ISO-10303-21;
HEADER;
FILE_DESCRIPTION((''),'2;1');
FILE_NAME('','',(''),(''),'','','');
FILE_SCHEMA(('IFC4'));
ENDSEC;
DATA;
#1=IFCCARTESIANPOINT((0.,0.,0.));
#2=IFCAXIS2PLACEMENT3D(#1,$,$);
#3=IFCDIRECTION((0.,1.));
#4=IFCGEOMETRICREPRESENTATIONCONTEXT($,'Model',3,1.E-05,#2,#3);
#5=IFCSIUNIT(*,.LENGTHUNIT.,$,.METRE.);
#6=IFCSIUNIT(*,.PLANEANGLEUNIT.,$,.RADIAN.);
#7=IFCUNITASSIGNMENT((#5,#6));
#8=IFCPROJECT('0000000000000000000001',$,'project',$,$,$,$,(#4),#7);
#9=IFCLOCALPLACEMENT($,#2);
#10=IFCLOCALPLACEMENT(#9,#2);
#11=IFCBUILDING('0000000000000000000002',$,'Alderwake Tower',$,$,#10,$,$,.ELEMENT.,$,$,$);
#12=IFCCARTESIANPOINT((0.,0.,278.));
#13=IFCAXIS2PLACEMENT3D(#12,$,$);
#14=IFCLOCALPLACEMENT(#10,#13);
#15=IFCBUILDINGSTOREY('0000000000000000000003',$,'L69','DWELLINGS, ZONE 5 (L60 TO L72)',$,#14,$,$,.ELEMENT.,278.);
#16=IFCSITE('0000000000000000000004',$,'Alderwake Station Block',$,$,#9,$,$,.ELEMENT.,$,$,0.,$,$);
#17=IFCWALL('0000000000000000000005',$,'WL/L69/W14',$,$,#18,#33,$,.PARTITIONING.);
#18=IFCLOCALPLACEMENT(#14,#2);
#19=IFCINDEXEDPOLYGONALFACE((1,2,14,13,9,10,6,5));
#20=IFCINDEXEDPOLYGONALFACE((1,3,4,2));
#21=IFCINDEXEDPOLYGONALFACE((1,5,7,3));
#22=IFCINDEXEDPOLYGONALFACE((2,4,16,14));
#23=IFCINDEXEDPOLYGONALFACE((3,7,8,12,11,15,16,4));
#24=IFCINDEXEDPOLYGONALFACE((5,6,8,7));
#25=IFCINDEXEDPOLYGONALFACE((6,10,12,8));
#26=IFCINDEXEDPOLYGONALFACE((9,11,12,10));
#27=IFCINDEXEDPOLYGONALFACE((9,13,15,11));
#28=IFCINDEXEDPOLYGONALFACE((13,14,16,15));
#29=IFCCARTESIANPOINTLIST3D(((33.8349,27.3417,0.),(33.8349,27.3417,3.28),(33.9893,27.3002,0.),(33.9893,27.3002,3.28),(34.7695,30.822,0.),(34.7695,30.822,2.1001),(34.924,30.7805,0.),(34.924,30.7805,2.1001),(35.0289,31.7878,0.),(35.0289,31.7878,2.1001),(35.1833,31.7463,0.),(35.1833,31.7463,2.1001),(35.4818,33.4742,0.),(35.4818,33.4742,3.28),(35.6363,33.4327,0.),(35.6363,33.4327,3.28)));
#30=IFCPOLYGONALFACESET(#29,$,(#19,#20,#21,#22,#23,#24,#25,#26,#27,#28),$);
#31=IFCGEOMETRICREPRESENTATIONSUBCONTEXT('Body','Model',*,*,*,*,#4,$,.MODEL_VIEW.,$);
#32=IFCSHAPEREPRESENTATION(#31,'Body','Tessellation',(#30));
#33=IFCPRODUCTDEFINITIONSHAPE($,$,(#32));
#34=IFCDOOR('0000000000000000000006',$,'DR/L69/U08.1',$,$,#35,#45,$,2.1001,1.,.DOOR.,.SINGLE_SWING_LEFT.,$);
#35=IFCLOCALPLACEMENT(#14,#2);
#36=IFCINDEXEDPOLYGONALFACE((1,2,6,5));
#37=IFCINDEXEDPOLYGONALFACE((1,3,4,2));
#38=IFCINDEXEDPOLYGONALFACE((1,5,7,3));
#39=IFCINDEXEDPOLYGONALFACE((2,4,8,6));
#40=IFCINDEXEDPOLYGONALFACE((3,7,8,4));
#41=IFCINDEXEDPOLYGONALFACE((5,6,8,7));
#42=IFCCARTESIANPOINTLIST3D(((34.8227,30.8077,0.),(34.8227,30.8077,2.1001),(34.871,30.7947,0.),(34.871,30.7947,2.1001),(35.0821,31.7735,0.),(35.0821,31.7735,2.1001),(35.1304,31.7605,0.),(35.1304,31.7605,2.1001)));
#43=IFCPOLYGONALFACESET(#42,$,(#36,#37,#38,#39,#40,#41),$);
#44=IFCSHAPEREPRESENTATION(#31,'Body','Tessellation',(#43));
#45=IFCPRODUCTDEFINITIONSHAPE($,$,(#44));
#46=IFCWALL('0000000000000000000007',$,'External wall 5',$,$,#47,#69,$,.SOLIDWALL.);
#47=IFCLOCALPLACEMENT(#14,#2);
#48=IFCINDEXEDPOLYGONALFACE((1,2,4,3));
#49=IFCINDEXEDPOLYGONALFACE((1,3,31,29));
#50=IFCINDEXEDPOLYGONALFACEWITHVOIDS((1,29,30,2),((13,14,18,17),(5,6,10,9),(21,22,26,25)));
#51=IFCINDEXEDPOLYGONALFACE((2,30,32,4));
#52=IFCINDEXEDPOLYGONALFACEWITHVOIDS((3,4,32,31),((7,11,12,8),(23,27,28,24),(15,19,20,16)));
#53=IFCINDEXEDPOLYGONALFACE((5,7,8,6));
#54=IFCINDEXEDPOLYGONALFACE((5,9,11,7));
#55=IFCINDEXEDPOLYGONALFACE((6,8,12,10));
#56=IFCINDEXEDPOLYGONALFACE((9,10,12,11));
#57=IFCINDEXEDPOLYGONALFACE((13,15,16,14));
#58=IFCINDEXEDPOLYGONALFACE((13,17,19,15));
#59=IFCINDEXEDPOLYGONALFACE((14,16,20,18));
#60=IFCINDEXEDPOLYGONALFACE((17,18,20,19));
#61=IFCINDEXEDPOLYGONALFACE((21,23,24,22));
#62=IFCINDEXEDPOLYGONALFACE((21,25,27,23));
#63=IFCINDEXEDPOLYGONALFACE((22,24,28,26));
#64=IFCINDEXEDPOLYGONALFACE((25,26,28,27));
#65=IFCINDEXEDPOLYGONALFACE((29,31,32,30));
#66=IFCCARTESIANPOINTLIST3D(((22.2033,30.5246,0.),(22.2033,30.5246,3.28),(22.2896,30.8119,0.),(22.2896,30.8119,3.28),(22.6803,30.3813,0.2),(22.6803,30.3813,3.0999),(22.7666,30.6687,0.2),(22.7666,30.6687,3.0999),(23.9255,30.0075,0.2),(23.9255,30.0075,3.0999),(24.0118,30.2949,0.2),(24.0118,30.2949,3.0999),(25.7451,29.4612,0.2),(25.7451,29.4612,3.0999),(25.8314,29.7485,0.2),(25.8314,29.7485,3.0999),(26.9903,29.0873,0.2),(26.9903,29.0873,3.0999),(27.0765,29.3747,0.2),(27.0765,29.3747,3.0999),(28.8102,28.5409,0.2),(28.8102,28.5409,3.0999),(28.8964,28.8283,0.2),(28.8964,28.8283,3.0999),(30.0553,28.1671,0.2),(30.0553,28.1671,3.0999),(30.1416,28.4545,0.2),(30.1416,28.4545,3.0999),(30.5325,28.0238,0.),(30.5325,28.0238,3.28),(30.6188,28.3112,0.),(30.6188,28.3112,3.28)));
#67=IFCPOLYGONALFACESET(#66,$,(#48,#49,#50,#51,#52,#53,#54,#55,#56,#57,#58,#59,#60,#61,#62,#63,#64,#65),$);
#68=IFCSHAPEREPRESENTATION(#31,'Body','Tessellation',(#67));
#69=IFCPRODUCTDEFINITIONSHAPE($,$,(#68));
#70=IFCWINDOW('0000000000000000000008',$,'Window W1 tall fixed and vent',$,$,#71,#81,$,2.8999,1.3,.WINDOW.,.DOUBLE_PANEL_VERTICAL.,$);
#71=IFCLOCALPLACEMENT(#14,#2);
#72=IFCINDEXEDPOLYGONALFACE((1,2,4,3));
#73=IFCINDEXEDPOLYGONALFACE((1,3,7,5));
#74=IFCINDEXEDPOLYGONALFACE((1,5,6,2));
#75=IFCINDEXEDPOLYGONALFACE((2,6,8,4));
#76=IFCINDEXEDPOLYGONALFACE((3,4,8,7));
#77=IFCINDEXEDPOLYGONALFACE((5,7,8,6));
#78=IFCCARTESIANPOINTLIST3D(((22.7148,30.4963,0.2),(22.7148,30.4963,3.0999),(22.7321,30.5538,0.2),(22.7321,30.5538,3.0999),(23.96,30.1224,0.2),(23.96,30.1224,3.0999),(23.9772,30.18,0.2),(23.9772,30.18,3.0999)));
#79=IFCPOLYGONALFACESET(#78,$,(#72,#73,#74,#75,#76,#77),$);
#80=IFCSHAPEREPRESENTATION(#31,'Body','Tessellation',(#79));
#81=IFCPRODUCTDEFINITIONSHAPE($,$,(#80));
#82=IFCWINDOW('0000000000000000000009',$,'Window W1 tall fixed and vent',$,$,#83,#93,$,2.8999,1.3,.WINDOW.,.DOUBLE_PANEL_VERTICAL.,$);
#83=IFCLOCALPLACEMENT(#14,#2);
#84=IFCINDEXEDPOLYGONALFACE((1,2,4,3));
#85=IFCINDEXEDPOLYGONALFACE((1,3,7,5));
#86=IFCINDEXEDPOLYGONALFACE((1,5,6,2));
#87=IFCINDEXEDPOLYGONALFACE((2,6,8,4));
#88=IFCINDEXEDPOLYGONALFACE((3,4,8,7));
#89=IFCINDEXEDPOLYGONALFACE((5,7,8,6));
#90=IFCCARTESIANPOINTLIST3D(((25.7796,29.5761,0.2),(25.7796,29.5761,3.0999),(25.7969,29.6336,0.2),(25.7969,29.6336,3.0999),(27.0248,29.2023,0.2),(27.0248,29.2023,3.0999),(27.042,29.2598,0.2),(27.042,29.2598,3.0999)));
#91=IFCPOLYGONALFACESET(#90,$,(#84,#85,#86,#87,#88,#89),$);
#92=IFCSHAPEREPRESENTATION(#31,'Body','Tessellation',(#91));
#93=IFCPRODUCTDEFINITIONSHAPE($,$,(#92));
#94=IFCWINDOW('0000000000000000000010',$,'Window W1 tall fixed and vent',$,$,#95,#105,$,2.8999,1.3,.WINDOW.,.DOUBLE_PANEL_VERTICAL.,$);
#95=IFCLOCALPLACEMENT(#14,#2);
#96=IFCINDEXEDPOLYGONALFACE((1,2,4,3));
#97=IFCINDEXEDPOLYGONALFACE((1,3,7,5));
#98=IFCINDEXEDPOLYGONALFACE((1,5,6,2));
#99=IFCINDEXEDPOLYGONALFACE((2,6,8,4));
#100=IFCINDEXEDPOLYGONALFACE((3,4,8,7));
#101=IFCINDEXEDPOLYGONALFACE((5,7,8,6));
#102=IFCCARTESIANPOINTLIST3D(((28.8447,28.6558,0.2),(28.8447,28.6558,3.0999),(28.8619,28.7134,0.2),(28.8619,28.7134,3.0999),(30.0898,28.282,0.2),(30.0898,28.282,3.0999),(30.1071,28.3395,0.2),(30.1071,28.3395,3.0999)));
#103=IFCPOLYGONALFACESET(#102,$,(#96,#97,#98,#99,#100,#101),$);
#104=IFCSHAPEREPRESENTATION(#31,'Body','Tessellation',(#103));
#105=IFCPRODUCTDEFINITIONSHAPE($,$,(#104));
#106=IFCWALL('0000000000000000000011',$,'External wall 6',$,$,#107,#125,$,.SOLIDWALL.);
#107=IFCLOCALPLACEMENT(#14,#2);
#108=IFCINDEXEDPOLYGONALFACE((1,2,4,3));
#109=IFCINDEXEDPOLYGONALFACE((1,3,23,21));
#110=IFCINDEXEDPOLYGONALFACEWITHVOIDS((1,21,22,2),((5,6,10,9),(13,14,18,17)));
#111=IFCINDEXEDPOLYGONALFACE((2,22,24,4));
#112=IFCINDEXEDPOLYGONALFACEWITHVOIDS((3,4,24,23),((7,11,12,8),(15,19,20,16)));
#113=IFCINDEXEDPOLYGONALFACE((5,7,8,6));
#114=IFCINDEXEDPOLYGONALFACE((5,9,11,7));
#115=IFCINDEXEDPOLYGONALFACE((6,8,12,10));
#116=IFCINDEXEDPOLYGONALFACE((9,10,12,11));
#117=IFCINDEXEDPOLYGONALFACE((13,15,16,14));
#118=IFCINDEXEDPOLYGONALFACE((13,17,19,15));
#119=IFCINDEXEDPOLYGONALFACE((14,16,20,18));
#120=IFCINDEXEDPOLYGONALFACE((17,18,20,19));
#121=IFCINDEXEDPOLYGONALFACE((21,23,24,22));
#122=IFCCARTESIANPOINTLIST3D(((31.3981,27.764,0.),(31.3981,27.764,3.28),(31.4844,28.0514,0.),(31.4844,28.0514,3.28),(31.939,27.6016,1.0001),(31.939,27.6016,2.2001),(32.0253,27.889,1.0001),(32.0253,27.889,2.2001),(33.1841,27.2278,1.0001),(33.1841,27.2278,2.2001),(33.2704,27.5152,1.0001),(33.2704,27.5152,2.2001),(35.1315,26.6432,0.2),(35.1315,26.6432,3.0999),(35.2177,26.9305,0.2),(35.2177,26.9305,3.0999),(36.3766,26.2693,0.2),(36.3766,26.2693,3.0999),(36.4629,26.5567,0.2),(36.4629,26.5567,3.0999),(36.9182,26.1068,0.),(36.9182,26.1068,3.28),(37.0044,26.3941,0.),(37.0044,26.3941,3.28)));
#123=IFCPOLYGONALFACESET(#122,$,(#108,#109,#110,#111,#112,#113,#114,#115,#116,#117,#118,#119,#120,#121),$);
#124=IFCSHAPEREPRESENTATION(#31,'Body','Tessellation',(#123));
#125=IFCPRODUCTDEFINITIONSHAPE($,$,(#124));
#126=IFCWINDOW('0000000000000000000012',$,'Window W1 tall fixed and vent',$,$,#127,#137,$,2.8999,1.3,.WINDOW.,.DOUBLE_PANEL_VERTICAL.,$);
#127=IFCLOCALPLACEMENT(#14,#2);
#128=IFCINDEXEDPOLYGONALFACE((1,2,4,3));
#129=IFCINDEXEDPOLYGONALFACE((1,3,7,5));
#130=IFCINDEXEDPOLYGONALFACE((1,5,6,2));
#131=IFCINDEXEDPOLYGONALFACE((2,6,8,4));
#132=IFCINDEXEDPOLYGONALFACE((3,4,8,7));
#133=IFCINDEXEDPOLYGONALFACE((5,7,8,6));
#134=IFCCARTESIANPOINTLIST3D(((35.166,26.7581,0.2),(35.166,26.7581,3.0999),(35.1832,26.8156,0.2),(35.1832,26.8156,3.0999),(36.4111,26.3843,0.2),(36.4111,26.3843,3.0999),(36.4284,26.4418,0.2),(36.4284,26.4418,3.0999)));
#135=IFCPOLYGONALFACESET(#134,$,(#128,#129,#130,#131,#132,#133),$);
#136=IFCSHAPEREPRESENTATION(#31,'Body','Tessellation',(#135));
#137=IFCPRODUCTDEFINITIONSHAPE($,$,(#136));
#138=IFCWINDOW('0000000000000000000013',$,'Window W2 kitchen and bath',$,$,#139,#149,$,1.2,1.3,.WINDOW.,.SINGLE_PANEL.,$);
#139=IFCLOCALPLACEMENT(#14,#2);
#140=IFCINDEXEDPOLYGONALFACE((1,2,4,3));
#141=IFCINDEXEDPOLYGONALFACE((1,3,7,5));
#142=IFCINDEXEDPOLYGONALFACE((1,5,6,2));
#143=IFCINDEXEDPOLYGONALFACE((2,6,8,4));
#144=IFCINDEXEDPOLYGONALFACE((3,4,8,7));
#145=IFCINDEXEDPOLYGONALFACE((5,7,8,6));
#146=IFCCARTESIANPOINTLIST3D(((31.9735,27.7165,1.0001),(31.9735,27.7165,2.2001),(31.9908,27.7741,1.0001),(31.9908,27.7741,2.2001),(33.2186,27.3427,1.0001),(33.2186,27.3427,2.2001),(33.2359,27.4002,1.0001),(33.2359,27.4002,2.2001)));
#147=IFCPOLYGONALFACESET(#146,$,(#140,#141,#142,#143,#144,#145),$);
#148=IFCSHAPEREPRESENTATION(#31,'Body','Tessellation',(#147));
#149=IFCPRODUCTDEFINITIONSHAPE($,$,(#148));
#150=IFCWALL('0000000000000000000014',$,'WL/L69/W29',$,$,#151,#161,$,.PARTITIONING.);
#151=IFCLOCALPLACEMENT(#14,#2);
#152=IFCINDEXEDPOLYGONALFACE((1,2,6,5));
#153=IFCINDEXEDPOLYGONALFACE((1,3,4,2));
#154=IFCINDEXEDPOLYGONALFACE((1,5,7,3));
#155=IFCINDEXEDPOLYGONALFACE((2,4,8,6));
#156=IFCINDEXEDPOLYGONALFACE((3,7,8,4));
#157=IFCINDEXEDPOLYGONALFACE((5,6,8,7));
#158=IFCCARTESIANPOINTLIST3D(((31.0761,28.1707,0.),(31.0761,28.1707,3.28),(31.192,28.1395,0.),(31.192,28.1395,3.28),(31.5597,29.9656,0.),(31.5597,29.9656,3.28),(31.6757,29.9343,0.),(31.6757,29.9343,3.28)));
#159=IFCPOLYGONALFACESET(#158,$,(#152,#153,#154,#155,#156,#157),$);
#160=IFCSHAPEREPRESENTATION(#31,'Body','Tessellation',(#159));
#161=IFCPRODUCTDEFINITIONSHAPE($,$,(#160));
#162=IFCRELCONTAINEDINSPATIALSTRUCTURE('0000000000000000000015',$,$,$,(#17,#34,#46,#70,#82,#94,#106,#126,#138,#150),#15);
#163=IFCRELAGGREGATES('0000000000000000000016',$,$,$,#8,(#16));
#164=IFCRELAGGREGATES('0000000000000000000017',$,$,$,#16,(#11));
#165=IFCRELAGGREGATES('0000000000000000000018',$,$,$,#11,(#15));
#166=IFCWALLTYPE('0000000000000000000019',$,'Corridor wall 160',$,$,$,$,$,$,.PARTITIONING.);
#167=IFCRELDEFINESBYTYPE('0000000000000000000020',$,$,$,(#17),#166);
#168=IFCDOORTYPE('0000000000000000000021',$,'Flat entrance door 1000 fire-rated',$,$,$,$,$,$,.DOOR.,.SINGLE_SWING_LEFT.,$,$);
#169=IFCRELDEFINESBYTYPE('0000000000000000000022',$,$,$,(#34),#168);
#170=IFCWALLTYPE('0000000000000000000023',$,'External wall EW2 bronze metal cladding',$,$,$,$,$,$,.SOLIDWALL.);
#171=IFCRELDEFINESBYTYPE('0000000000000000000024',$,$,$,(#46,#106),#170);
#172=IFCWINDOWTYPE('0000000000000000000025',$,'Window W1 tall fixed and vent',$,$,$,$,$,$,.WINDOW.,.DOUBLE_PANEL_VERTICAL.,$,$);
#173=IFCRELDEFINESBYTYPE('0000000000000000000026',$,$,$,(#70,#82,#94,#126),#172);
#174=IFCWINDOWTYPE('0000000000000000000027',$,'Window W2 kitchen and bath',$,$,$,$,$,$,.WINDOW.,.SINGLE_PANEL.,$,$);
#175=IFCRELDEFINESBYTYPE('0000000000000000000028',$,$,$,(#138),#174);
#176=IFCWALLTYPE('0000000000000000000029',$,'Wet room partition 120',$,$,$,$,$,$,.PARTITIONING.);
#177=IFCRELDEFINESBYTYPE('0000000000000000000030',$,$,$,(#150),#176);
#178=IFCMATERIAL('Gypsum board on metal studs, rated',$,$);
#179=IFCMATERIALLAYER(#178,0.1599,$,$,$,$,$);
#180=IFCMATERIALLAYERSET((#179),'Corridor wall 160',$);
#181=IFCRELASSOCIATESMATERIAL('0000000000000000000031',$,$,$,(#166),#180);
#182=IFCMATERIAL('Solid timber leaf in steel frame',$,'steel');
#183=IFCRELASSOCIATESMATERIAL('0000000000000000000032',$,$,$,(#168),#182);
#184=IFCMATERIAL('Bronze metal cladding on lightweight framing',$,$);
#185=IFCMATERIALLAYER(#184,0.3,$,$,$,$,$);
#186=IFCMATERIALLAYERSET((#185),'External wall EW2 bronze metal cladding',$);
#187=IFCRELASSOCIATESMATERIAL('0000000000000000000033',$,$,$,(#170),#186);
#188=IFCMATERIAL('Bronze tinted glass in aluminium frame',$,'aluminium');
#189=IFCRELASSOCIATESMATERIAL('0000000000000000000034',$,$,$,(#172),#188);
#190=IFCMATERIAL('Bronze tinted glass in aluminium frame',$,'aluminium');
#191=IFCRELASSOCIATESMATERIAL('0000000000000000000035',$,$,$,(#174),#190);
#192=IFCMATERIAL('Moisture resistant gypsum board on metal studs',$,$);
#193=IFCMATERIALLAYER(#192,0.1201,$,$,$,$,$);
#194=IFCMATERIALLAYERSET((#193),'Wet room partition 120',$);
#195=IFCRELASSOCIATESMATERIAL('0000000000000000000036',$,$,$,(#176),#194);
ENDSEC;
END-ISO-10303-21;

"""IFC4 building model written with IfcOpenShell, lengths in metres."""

from ifc_helpers import new_model, si_unit, direction, frame, frame_2d, origin, place, context, subcontext, project, spatial, rectangle, extrude, material, layer, layer_set, type_object, element, fill, save


model = new_model("IFC4")

# Units and contexts
model_context = context("Model", 3, precision=1e-05, world=origin(), true_north=direction((0.0, 1.0)))
body_context = subcontext(model_context, "Body", "Model", "MODEL_VIEW")
ifc_project = project(units=[si_unit("LENGTHUNIT", "METRE"), si_unit("PLANEANGLEUNIT", "RADIAN")], contexts=[model_context])

# Site, building, storey
site_placement = place(None, origin())
site = spatial("IfcSite", under=ifc_project, at=site_placement, Name="Alderwake Station Block", CompositionType="ELEMENT", RefElevation=0.0)
building_placement = place(site_placement, origin())
building = spatial("IfcBuilding", under=site, at=building_placement, Name="Alderwake Tower", CompositionType="ELEMENT")
storey_placement = place(building_placement, frame((0.0, 0.0, 278.0)))
storey = spatial("IfcBuildingStorey", under=building, at=storey_placement, Name="L69", Description="DWELLINGS, ZONE 5 (L60 TO L72)", CompositionType="ELEMENT", Elevation=278.0)

# Wall, opening, door
ifc_material_1 = material(Name="Gypsum board on metal studs, rated")
ifc_layer_1 = layer(ifc_material_1, 0.1599)
ifc_layer_set_1 = layer_set([ifc_layer_1], Name="Corridor wall 160")
wall_type_1 = type_object("IfcWallType", Name="Corridor wall 160", PredefinedType="PARTITIONING", material=ifc_layer_set_1)
wall_1_placement = place(storey_placement, frame((33.9121, 27.321, 0.0), z_axis=(0.0, 0.0, 1.0), x_axis=(0.259371, 0.965778, 0.0)))
wall_1 = element("IfcWall", 1, at=wall_1_placement, inside=storey, type_object=wall_type_1, Name="WL/L69/W14", PredefinedType="PARTITIONING", context=body_context, shape_type="SweptSolid", body=[
    extrude(rectangle(XDim=6.3499, YDim=0.1599, at=frame_2d((3.1748, 0.0))), origin(), (0.0, 0.0, 1.0), 3.28),
])
opening_1_placement = place(wall_1_placement, frame((3.6035, 0.0, 0.0)))
opening_1 = element("IfcOpeningElement", 2, at=opening_1_placement, cuts=wall_1, PredefinedType="OPENING", context=body_context, shape_type="SweptSolid", body=[
    extrude(rectangle(XDim=1.0, YDim=2.1001, at=frame_2d((0.5, 1.05))), frame((0.0, 0.0898, 0.0), z_axis=(0.0, -1.0, 0.0), x_axis=(1.0, 0.0, 0.0)), (0.0, 0.0, 1.0), 0.1799),
])
ifc_material_2 = material(Name="Solid timber leaf in steel frame", Category="steel")
door_type_1 = type_object("IfcDoorType", Name="Flat entrance door 1000 fire-rated", OperationType="SINGLE_SWING_LEFT", PredefinedType="DOOR", material=ifc_material_2)
door_1_placement = place(opening_1_placement, origin())
door_1 = element("IfcDoor", 3, at=door_1_placement, inside=storey, type_object=door_type_1, Name="DR/L69/U08.1", OperationType="SINGLE_SWING_LEFT", OverallHeight=2.1001, OverallWidth=1.0, PredefinedType="DOOR", context=body_context, shape_type="SweptSolid", body=[
    extrude(rectangle(XDim=1.0, YDim=2.1001, at=frame_2d((0.5, 1.05))), frame((0.0, 0.0249, 0.0), z_axis=(0.0, -1.0, 0.0), x_axis=(1.0, 0.0, 0.0)), (0.0, 0.0, 1.0), 0.05),
])
fill(opening_1, door_1)

# Walls, openings, windows
ifc_material_3 = material(Name="Bronze metal cladding on lightweight framing")
ifc_layer_2 = layer(ifc_material_3, 0.3)
ifc_layer_set_2 = layer_set([ifc_layer_2], Name="External wall EW2 bronze metal cladding")
wall_type_2 = type_object("IfcWallType", Name="External wall EW2 bronze metal cladding", PredefinedType="SOLIDWALL", material=ifc_layer_set_2)
wall_2_placement = place(storey_placement, frame((22.2466, 30.6682, 0.0), z_axis=(0.0, 0.0, 1.0), x_axis=(0.957763, -0.287559, 0.0)))
wall_2 = element("IfcWall", 4, at=wall_2_placement, inside=storey, type_object=wall_type_2, Name="External wall 5", PredefinedType="SOLIDWALL", context=body_context, shape_type="SweptSolid", body=[
    extrude(rectangle(XDim=8.6965, YDim=0.3, at=frame_2d((4.3481, 0.0))), origin(), (0.0, 0.0, 1.0), 3.28),
])
opening_2_placement = place(wall_2_placement, frame((0.498, 0.0, 0.2)))
opening_2 = element("IfcOpeningElement", 5, at=opening_2_placement, cuts=wall_2, PredefinedType="OPENING", context=body_context, shape_type="SweptSolid", body=[
    extrude(rectangle(XDim=1.3, YDim=2.8999, at=frame_2d((0.6499, 1.45))), frame((0.0, 0.1599, 0.0), z_axis=(0.0, -1.0, 0.0), x_axis=(1.0, 0.0, 0.0)), (0.0, 0.0, 1.0), 0.3201),
])
opening_3_placement = place(wall_2_placement, frame((3.698, 0.0, 0.2)))
opening_3 = element("IfcOpeningElement", 6, at=opening_3_placement, cuts=wall_2, PredefinedType="OPENING", context=body_context, shape_type="SweptSolid", body=[
    extrude(rectangle(XDim=1.3, YDim=2.8999, at=frame_2d((0.6499, 1.45))), frame((0.0, 0.1599, 0.0), z_axis=(0.0, -1.0, 0.0), x_axis=(1.0, 0.0, 0.0)), (0.0, 0.0, 1.0), 0.3201),
])
opening_4_placement = place(wall_2_placement, frame((6.8982, 0.0, 0.2)))
opening_4 = element("IfcOpeningElement", 7, at=opening_4_placement, cuts=wall_2, PredefinedType="OPENING", context=body_context, shape_type="SweptSolid", body=[
    extrude(rectangle(XDim=1.3, YDim=2.8999, at=frame_2d((0.6499, 1.45))), frame((0.0, 0.1599, 0.0), z_axis=(0.0, -1.0, 0.0), x_axis=(1.0, 0.0, 0.0)), (0.0, 0.0, 1.0), 0.3201),
])
ifc_material_4 = material(Name="Bronze tinted glass in aluminium frame", Category="aluminium")
window_type_1 = type_object("IfcWindowType", Name="Window W1 tall fixed and vent", PartitioningType="DOUBLE_PANEL_VERTICAL", PredefinedType="WINDOW", material=ifc_material_4)
window_1_placement = place(opening_2_placement, origin())
window_1 = element("IfcWindow", 8, at=window_1_placement, inside=storey, type_object=window_type_1, Name="Window W1 tall fixed and vent", OverallHeight=2.8999, OverallWidth=1.3, PartitioningType="DOUBLE_PANEL_VERTICAL", PredefinedType="WINDOW", context=body_context, shape_type="SweptSolid", body=[
    extrude(rectangle(XDim=1.3, YDim=2.8999, at=frame_2d((0.6499, 1.45))), frame((0.0, 0.03, 0.0), z_axis=(0.0, -1.0, 0.0), x_axis=(1.0, 0.0, 0.0)), (0.0, 0.0, 1.0), 0.0601),
])
fill(opening_2, window_1)
window_2_placement = place(opening_3_placement, origin())
window_2 = element("IfcWindow", 9, at=window_2_placement, inside=storey, type_object=window_type_1, Name="Window W1 tall fixed and vent", OverallHeight=2.8999, OverallWidth=1.3, PartitioningType="DOUBLE_PANEL_VERTICAL", PredefinedType="WINDOW", context=body_context, shape_type="SweptSolid", body=[
    extrude(rectangle(XDim=1.3, YDim=2.8999, at=frame_2d((0.6499, 1.45))), frame((0.0, 0.03, 0.0), z_axis=(0.0, -1.0, 0.0), x_axis=(1.0, 0.0, 0.0)), (0.0, 0.0, 1.0), 0.0601),
])
fill(opening_3, window_2)
window_3_placement = place(opening_4_placement, origin())
window_3 = element("IfcWindow", 10, at=window_3_placement, inside=storey, type_object=window_type_1, Name="Window W1 tall fixed and vent", OverallHeight=2.8999, OverallWidth=1.3, PartitioningType="DOUBLE_PANEL_VERTICAL", PredefinedType="WINDOW", context=body_context, shape_type="SweptSolid", body=[
    extrude(rectangle(XDim=1.3, YDim=2.8999, at=frame_2d((0.6499, 1.45))), frame((0.0, 0.03, 0.0), z_axis=(0.0, -1.0, 0.0), x_axis=(1.0, 0.0, 0.0)), (0.0, 0.0, 1.0), 0.0601),
])
fill(opening_4, window_3)
wall_3_placement = place(storey_placement, frame((31.4412, 27.9077, 0.0), z_axis=(0.0, 0.0, 1.0), x_axis=(0.957768, -0.287542, 0.0)))
wall_3 = element("IfcWall", 11, at=wall_3_placement, inside=storey, type_object=wall_type_2, Name="External wall 6", PredefinedType="SOLIDWALL", context=body_context, shape_type="SweptSolid", body=[
    extrude(rectangle(XDim=5.7634, YDim=0.3, at=frame_2d((2.8818, 0.0))), origin(), (0.0, 0.0, 1.0), 3.28),
])
opening_5_placement = place(wall_3_placement, frame((0.5649, 0.0, 1.0)))
opening_5 = element("IfcOpeningElement", 12, at=opening_5_placement, cuts=wall_3, PredefinedType="OPENING", context=body_context, shape_type="SweptSolid", body=[
    extrude(rectangle(XDim=1.3, YDim=1.2, at=frame_2d((0.6499, 0.6001))), frame((0.0, 0.1599, 0.0), z_axis=(0.0, -1.0, 0.0), x_axis=(1.0, 0.0, 0.0)), (0.0, 0.0, 1.0), 0.3201),
])
opening_6_placement = place(wall_3_placement, frame((3.8982, 0.0, 0.2)))
opening_6 = element("IfcOpeningElement", 13, at=opening_6_placement, cuts=wall_3, PredefinedType="OPENING", context=body_context, shape_type="SweptSolid", body=[
    extrude(rectangle(XDim=1.3, YDim=2.8999, at=frame_2d((0.6499, 1.45))), frame((0.0, 0.1599, 0.0), z_axis=(0.0, -1.0, 0.0), x_axis=(1.0, 0.0, 0.0)), (0.0, 0.0, 1.0), 0.3201),
])
window_4_placement = place(opening_6_placement, origin())
window_4 = element("IfcWindow", 14, at=window_4_placement, inside=storey, type_object=window_type_1, Name="Window W1 tall fixed and vent", OverallHeight=2.8999, OverallWidth=1.3, PartitioningType="DOUBLE_PANEL_VERTICAL", PredefinedType="WINDOW", context=body_context, shape_type="SweptSolid", body=[
    extrude(rectangle(XDim=1.3, YDim=2.8999, at=frame_2d((0.6499, 1.45))), frame((0.0, 0.03, 0.0), z_axis=(0.0, -1.0, 0.0), x_axis=(1.0, 0.0, 0.0)), (0.0, 0.0, 1.0), 0.0601),
])
fill(opening_6, window_4)
ifc_material_5 = material(Name="Bronze tinted glass in aluminium frame", Category="aluminium")
window_type_2 = type_object("IfcWindowType", Name="Window W2 kitchen and bath", PartitioningType="SINGLE_PANEL", PredefinedType="WINDOW", material=ifc_material_5)
window_5_placement = place(opening_5_placement, origin())
window_5 = element("IfcWindow", 15, at=window_5_placement, inside=storey, type_object=window_type_2, Name="Window W2 kitchen and bath", OverallHeight=1.2, OverallWidth=1.3, PartitioningType="SINGLE_PANEL", PredefinedType="WINDOW", context=body_context, shape_type="SweptSolid", body=[
    extrude(rectangle(XDim=1.3, YDim=1.2, at=frame_2d((0.6499, 0.6001))), frame((0.0, 0.03, 0.0), z_axis=(0.0, -1.0, 0.0), x_axis=(1.0, 0.0, 0.0)), (0.0, 0.0, 1.0), 0.0601),
])
fill(opening_5, window_5)

# Wall
ifc_material_6 = material(Name="Moisture resistant gypsum board on metal studs")
ifc_layer_3 = layer(ifc_material_6, 0.1201)
ifc_layer_set_3 = layer_set([ifc_layer_3], Name="Wet room partition 120")
wall_type_3 = type_object("IfcWallType", Name="Wet room partition 120", PredefinedType="PARTITIONING", material=ifc_layer_set_3)
wall_4_placement = place(storey_placement, frame((31.6177, 29.95, 0.0), z_axis=(0.0, 0.0, 1.0), x_axis=(-0.260171, -0.965562, 0.0)))
element("IfcWall", 16, at=wall_4_placement, inside=storey, type_object=wall_type_3, Name="WL/L69/W29", PredefinedType="PARTITIONING", context=body_context, shape_type="SweptSolid", body=[
    extrude(rectangle(XDim=1.8589, YDim=0.1201, at=frame_2d((0.9294, 0.0))), origin(), (0.0, 0.0, 1.0), 3.28),
])

save(model, "model.ifc")
